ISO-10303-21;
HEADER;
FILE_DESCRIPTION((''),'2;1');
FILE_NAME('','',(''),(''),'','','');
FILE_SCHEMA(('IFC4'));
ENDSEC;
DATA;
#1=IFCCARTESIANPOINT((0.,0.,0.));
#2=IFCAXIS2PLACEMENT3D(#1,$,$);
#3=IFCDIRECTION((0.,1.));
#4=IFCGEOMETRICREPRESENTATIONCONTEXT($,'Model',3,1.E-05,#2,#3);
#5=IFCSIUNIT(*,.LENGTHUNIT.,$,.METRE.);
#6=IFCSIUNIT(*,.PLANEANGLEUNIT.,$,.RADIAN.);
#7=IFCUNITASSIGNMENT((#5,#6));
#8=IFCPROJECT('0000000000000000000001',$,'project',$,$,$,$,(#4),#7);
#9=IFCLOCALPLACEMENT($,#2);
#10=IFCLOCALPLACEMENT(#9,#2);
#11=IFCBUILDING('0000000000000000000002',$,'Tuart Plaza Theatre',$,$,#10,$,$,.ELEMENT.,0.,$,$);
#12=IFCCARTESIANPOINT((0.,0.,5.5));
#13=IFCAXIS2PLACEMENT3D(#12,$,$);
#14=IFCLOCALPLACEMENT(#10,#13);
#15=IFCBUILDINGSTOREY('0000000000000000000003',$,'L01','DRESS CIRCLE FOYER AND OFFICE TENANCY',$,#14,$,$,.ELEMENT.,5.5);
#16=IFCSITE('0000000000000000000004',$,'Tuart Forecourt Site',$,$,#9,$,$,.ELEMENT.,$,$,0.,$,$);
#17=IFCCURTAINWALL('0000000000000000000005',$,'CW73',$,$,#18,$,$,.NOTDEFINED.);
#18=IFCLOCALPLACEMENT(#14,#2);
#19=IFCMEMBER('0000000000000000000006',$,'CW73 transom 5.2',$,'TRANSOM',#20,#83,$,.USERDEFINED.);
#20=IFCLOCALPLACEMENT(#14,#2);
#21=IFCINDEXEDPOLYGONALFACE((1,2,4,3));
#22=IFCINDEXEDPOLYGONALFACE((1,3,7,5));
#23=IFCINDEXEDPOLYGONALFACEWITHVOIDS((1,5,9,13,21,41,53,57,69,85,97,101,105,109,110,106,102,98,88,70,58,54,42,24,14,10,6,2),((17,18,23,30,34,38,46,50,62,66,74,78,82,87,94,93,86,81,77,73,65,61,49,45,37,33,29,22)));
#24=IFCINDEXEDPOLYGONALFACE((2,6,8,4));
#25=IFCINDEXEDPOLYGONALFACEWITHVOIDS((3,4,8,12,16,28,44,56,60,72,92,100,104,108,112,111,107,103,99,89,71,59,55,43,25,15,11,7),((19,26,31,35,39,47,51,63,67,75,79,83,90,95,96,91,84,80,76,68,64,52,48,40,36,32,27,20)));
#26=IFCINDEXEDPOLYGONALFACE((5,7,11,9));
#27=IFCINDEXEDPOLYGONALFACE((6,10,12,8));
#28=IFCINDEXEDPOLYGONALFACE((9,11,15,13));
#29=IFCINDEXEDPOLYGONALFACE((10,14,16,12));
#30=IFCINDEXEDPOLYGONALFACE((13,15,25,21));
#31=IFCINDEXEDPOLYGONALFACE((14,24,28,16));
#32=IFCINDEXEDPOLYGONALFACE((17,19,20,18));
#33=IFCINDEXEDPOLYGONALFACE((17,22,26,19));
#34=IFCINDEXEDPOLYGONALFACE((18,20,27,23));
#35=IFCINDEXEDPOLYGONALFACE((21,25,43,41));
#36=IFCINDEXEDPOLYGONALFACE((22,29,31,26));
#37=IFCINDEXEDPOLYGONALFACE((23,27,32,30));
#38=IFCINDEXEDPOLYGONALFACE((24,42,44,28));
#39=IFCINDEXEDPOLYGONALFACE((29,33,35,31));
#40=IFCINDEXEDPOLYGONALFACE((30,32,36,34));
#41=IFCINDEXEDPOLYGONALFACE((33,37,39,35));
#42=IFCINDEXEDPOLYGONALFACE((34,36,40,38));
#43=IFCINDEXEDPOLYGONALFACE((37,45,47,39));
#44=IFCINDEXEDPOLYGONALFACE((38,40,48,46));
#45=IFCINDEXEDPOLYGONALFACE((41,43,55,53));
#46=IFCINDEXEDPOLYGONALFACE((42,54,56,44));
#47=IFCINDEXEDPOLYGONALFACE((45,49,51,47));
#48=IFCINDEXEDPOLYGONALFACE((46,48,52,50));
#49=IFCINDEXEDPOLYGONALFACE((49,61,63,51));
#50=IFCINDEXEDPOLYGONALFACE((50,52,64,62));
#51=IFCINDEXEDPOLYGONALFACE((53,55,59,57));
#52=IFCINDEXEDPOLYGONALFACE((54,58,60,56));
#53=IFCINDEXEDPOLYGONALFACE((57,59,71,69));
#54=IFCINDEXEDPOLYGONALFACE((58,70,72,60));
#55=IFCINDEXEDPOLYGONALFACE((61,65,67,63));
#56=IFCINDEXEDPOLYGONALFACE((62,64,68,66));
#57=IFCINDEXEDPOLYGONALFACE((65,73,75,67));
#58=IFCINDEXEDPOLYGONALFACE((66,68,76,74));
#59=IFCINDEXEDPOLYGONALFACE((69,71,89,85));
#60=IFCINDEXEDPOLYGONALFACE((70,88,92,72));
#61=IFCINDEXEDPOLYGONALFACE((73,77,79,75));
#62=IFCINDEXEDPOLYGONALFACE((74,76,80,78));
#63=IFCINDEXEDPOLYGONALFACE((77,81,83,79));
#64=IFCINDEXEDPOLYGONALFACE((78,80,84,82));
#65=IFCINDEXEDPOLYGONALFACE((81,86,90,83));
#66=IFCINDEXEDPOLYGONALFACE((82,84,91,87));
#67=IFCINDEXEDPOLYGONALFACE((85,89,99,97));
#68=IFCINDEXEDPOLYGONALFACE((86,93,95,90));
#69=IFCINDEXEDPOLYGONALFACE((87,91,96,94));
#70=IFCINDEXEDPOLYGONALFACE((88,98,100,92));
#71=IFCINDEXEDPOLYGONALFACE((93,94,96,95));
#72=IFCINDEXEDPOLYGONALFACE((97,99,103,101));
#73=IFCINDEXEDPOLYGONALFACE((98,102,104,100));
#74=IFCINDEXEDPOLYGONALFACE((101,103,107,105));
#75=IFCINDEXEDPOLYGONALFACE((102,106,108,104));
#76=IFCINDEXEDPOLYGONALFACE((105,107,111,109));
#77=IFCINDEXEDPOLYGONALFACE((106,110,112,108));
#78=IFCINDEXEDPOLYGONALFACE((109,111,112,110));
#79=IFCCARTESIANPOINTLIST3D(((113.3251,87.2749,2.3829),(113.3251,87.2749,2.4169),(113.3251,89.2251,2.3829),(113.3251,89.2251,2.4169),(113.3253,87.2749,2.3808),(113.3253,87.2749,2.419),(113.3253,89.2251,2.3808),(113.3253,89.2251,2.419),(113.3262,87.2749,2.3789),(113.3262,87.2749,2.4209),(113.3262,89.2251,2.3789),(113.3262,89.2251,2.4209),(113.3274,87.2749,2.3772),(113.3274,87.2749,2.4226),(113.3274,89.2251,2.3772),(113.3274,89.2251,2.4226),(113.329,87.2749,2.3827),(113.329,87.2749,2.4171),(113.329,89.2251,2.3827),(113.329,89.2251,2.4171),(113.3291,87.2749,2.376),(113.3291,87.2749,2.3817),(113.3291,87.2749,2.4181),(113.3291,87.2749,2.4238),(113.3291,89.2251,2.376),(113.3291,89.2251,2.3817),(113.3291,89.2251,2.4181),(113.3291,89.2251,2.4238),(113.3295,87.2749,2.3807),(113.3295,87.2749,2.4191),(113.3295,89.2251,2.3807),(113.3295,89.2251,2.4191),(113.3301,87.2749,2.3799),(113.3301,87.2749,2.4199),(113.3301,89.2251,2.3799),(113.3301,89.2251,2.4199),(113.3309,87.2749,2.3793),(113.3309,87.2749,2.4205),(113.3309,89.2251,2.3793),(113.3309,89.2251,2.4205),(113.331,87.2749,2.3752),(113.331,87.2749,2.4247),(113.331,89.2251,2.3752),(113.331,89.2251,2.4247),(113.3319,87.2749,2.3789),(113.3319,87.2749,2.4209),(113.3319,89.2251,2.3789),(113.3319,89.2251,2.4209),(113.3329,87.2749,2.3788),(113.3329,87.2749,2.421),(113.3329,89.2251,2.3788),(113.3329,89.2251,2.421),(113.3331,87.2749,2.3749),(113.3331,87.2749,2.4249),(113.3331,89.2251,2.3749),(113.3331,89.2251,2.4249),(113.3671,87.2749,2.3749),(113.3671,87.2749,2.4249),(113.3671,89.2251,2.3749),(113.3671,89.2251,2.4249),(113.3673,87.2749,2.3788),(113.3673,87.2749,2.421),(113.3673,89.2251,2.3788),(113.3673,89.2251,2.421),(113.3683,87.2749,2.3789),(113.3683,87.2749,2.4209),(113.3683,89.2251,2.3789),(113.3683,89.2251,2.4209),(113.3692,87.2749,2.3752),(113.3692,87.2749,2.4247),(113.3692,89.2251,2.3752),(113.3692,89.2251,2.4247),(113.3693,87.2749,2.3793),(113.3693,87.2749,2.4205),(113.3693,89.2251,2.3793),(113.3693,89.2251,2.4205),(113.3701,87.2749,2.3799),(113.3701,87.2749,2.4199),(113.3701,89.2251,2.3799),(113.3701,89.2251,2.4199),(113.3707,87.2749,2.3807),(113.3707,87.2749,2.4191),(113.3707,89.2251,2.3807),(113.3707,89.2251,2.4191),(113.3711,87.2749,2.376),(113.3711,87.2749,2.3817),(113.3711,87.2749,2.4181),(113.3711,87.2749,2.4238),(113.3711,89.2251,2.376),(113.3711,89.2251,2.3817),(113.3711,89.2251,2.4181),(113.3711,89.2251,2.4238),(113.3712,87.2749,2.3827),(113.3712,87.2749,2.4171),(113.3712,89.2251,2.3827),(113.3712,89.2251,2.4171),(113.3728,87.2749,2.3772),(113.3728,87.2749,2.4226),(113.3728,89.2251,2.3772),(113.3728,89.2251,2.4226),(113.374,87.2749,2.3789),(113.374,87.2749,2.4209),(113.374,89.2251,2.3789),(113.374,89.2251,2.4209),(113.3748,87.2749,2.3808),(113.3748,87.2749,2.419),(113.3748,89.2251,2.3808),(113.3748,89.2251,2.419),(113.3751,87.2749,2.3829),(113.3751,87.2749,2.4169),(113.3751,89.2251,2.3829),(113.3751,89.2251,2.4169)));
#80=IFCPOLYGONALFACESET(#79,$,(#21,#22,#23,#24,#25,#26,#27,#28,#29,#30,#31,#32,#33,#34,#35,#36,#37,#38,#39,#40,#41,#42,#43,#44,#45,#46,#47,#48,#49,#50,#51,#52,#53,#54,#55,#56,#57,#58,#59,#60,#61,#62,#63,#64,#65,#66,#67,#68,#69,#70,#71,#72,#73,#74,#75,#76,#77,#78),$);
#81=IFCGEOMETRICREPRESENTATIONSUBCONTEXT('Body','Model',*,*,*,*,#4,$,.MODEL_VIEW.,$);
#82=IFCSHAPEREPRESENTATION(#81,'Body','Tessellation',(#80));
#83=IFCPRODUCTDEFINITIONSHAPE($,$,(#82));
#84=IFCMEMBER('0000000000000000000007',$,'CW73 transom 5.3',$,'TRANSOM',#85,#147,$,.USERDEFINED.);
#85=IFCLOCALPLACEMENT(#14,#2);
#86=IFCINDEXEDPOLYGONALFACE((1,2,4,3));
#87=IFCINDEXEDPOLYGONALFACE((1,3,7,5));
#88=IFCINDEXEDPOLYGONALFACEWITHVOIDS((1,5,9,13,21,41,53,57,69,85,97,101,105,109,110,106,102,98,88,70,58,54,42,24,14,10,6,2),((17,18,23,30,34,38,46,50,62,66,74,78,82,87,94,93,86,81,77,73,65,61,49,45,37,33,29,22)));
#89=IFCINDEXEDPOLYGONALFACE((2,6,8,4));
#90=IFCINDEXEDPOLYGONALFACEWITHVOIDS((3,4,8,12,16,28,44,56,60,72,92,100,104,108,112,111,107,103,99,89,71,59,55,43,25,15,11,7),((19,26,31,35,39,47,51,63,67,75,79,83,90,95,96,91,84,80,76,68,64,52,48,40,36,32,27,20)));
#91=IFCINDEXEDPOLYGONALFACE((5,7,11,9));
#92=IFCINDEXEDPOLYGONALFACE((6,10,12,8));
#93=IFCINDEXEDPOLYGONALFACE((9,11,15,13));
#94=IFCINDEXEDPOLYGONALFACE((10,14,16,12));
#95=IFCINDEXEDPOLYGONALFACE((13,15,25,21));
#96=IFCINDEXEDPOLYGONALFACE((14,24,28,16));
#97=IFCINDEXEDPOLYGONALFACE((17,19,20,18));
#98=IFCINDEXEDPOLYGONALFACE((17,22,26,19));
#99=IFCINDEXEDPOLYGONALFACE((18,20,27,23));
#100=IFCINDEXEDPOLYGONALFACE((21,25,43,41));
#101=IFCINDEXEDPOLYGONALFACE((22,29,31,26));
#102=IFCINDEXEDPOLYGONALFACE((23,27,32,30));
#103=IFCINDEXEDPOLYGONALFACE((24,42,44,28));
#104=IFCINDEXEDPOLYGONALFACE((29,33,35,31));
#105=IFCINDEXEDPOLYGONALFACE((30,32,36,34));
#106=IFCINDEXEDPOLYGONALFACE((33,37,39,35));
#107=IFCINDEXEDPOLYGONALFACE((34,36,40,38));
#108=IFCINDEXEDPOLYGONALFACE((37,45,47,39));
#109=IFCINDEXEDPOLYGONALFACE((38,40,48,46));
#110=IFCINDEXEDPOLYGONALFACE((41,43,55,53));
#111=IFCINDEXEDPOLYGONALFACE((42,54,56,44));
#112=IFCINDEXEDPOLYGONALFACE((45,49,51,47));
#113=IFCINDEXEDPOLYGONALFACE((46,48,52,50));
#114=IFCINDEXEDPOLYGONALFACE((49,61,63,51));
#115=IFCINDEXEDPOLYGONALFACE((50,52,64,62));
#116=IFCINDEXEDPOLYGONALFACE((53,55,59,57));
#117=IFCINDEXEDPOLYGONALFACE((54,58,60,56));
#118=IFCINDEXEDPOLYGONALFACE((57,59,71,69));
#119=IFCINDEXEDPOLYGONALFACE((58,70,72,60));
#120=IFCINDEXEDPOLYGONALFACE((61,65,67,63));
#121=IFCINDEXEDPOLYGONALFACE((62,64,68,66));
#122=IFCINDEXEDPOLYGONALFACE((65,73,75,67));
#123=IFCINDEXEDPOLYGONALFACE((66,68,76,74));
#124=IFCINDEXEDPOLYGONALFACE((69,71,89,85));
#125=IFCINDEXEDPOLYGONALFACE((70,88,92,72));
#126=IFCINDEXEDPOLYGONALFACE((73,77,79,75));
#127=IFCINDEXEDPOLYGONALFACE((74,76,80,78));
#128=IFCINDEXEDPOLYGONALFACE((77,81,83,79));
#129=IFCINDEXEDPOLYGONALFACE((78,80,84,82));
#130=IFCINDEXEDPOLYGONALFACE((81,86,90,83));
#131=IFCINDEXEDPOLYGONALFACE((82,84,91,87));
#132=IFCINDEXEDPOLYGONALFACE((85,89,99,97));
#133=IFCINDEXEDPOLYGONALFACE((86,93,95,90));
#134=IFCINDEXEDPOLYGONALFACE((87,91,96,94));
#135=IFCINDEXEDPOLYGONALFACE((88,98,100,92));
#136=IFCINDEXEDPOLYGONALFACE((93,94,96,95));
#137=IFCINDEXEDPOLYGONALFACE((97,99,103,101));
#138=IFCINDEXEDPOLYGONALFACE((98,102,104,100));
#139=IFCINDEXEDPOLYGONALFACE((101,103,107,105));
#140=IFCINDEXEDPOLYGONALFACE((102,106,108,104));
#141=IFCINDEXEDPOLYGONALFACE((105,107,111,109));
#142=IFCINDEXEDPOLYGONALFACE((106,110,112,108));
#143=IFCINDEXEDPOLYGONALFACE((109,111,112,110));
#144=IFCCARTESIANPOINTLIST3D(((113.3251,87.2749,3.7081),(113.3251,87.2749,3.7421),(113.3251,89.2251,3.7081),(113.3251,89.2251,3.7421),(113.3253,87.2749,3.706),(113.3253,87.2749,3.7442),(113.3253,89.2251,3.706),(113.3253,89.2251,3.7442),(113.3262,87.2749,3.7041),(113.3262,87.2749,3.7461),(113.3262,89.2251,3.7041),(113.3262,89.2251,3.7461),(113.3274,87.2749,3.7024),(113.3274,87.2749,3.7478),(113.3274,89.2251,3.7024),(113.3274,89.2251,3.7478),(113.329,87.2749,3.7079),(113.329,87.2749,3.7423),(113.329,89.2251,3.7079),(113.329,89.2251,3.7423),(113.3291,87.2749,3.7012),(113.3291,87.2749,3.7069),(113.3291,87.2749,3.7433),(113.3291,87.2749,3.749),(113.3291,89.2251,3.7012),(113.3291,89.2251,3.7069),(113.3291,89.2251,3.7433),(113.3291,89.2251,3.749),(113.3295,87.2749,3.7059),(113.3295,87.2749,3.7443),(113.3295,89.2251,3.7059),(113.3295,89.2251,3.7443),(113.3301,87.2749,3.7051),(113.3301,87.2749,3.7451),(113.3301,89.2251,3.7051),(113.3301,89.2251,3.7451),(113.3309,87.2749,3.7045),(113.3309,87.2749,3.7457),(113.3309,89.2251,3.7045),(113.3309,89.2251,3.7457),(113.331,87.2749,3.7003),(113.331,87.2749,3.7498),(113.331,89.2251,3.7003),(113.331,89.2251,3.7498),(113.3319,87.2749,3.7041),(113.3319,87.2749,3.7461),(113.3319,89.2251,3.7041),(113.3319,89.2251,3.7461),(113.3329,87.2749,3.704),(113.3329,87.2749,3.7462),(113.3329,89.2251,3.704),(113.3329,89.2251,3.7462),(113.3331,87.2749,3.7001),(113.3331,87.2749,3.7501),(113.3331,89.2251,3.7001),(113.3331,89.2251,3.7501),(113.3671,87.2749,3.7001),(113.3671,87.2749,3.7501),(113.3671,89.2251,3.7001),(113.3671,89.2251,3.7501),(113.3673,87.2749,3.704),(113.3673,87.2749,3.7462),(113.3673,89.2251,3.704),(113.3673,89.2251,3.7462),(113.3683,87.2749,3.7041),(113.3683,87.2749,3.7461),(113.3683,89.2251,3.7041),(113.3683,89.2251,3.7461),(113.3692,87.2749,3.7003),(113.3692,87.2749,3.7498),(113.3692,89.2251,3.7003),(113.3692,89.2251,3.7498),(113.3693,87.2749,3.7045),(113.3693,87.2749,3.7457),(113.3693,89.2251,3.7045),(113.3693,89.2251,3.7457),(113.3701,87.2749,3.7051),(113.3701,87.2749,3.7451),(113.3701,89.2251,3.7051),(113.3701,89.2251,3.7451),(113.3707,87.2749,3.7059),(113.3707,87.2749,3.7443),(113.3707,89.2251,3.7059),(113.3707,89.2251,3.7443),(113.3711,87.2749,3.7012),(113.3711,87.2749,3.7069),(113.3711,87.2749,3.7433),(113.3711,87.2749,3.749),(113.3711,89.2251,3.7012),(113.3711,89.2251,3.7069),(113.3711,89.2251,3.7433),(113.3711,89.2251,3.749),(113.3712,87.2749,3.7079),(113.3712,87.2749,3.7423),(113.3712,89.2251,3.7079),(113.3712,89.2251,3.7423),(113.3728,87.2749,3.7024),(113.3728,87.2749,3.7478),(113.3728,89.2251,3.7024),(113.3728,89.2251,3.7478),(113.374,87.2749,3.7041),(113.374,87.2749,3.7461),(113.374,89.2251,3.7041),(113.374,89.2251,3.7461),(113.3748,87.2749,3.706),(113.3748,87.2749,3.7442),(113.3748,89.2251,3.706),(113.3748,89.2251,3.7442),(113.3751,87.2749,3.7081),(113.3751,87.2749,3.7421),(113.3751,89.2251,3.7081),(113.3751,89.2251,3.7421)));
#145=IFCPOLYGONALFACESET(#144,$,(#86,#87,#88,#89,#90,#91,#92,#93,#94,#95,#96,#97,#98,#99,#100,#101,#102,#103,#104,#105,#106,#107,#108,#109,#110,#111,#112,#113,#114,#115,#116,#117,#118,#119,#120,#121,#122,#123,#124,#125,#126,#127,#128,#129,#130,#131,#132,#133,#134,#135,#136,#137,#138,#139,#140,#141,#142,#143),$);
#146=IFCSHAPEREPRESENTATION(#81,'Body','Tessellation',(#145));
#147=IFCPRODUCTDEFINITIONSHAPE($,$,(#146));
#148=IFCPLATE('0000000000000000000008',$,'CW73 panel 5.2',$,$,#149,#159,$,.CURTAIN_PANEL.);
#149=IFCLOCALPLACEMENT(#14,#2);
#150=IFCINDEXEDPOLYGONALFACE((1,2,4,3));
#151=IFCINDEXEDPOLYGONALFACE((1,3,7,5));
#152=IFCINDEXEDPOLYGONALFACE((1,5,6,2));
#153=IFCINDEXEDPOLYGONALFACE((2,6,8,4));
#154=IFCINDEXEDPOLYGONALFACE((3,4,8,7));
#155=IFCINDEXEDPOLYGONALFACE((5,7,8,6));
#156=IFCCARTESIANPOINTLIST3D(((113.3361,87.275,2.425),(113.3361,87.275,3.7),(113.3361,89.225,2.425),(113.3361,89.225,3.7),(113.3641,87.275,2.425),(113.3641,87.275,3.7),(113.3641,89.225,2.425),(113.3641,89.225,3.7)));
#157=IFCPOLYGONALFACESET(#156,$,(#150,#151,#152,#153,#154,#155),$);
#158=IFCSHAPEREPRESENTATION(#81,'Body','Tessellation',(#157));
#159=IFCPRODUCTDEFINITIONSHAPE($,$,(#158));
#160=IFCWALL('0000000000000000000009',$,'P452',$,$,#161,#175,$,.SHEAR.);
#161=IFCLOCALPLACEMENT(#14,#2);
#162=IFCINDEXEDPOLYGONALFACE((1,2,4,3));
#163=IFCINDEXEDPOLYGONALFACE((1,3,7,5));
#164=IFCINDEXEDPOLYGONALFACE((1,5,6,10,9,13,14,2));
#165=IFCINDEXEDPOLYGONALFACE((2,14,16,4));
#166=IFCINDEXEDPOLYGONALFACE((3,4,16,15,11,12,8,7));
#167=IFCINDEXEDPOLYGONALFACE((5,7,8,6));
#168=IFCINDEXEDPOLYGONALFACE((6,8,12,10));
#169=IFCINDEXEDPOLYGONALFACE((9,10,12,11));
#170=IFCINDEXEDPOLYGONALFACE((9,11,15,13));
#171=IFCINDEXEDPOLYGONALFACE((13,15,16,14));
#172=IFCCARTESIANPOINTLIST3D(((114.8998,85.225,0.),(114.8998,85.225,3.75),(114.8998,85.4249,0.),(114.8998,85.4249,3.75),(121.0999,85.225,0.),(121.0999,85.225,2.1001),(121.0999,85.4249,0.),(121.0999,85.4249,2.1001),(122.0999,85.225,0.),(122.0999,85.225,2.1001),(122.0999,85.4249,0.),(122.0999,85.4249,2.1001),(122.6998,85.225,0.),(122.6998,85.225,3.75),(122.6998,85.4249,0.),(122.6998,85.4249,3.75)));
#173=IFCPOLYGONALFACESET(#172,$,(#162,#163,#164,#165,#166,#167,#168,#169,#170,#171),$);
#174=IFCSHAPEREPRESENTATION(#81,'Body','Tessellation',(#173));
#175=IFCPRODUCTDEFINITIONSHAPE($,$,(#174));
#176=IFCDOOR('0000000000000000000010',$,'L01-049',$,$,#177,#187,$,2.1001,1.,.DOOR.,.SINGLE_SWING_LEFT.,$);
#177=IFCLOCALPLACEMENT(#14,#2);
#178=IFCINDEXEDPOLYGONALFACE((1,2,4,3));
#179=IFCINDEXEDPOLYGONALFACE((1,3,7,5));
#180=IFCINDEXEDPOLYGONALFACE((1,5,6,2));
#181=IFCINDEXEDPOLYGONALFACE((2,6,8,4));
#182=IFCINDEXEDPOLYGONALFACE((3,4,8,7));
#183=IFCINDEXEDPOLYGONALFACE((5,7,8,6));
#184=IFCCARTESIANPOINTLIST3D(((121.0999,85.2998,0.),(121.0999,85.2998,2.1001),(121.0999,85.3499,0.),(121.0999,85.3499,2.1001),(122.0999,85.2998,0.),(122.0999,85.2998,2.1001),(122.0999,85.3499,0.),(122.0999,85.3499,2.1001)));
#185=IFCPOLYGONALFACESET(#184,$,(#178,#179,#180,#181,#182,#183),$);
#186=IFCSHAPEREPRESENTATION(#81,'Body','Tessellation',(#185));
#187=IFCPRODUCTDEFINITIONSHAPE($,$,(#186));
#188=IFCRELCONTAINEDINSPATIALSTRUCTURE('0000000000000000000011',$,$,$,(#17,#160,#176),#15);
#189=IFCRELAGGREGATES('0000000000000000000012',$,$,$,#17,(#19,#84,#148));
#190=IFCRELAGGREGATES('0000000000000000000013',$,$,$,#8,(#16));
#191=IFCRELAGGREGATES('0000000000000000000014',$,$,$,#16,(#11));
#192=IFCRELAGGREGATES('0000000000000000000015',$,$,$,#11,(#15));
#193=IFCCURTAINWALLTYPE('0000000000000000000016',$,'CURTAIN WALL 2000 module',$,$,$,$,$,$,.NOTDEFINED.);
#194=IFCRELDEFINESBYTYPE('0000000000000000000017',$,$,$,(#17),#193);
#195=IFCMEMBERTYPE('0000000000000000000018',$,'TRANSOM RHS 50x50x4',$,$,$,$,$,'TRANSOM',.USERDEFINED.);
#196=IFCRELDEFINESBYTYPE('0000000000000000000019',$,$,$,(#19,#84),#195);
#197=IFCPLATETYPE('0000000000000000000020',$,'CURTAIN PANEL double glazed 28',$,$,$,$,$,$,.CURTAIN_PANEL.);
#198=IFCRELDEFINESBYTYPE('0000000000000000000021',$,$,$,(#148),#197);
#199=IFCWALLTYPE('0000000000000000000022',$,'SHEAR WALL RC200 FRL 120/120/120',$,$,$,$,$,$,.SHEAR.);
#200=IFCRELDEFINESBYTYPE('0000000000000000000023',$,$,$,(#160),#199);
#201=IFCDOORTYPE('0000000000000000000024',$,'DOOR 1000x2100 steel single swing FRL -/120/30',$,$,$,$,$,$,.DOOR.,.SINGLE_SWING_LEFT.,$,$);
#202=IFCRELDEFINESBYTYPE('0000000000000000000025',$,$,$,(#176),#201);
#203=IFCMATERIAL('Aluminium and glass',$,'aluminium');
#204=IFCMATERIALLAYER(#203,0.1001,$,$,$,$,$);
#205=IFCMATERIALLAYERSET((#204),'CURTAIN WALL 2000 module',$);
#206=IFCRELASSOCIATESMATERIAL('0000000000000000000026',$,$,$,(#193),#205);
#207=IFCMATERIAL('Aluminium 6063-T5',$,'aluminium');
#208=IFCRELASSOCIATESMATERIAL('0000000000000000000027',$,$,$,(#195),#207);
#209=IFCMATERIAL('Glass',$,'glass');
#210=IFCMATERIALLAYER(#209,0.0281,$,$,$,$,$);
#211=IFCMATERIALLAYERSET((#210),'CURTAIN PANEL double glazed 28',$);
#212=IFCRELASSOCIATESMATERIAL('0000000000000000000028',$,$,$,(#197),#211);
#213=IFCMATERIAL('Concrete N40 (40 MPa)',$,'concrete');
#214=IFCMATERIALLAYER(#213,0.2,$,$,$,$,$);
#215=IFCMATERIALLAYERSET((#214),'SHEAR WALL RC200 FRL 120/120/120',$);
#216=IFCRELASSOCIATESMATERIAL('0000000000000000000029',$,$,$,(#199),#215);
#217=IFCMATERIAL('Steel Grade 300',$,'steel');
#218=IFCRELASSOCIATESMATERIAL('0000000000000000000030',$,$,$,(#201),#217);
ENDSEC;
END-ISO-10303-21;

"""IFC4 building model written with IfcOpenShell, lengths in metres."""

from ifc_helpers import new_model, si_unit, direction, frame, frame_2d, origin, origin_2d, place, context, subcontext, project, spatial, rectangle, hollow_rectangle, extrude, material, layer, layer_set, material_profile, profile_set, type_object, element, fill, aggregate, save


model = new_model("IFC4")

# Units and contexts
model_context = context("Model", 3, precision=1e-05, world=origin(), true_north=direction((0.0, 1.0)))
body_context = subcontext(model_context, "Body", "Model", "MODEL_VIEW")
ifc_project = project(units=[si_unit("LENGTHUNIT", "METRE"), si_unit("PLANEANGLEUNIT", "RADIAN")], contexts=[model_context])

# Site, building, storey
site_placement = place(None, origin())
site = spatial("IfcSite", under=ifc_project, at=site_placement, Name="Tuart Forecourt Site", CompositionType="ELEMENT", RefElevation=0.0)
building_placement = place(site_placement, origin())
building = spatial("IfcBuilding", under=site, at=building_placement, Name="Tuart Plaza Theatre", CompositionType="ELEMENT", ElevationOfRefHeight=0.0)
storey_placement = place(building_placement, frame((0.0, 0.0, 5.5)))
storey = spatial("IfcBuildingStorey", under=building, at=storey_placement, Name="L01", Description="DRESS CIRCLE FOYER AND OFFICE TENANCY", CompositionType="ELEMENT", Elevation=5.5)

# Curtain wall, members, plate
ifc_material_1 = material(Name="Aluminium and glass", Category="aluminium")
ifc_layer_1 = layer(ifc_material_1, 0.1001)
ifc_layer_set_1 = layer_set([ifc_layer_1], Name="CURTAIN WALL 2000 module")
curtain_wall_type = type_object("IfcCurtainWallType", Name="CURTAIN WALL 2000 module", PredefinedType="NOTDEFINED", material=ifc_layer_set_1)
curtain_wall_placement = place(storey_placement, origin())
curtain_wall = element("IfcCurtainWall", 1, at=curtain_wall_placement, inside=storey, type_object=curtain_wall_type, Name="CW73", PredefinedType="NOTDEFINED")
ifc_material_2 = material(Name="Aluminium 6063-T5", Category="aluminium")
ifc_material_profile_1 = material_profile(ifc_material_2, hollow_rectangle(XDim=0.05, YDim=0.05, WallThickness=0.0039, InnerFilletRadius=0.0039, OuterFilletRadius=0.0081, at=origin_2d()), Name="RHS 50x50x4")
ifc_profile_set_1 = profile_set([ifc_material_profile_1], Name="Aluminium 6063-T5")
member_type = type_object("IfcMemberType", Name="TRANSOM RHS 50x50x4", ElementType="TRANSOM", PredefinedType="USERDEFINED", material=ifc_profile_set_1)
member_1_placement = place(storey_placement, frame((113.3501, 89.2251, 2.3999), z_axis=(0.0, -1.0, 0.0), x_axis=(1.0, 0.0, 0.0)))
member_1 = element("IfcMember", 2, at=member_1_placement, type_object=member_type, Name="CW73 transom 5.2", ObjectType="TRANSOM", PredefinedType="USERDEFINED", context=body_context, shape_type="SweptSolid", body=[
    extrude(hollow_rectangle(XDim=0.05, YDim=0.05, WallThickness=0.0039, InnerFilletRadius=0.0039, OuterFilletRadius=0.0081, at=origin_2d()), origin(), (0.0, 0.0, 1.0), 1.9502),
])
member_2_placement = place(storey_placement, frame((113.3501, 89.2251, 3.7251), z_axis=(0.0, -1.0, 0.0), x_axis=(1.0, 0.0, 0.0)))
member_2 = element("IfcMember", 3, at=member_2_placement, type_object=member_type, Name="CW73 transom 5.3", ObjectType="TRANSOM", PredefinedType="USERDEFINED", context=body_context, shape_type="SweptSolid", body=[
    extrude(hollow_rectangle(XDim=0.05, YDim=0.05, WallThickness=0.0039, InnerFilletRadius=0.0039, OuterFilletRadius=0.0081, at=origin_2d()), origin(), (0.0, 0.0, 1.0), 1.9502),
])
ifc_material_3 = material(Name="Glass", Category="glass")
ifc_layer_2 = layer(ifc_material_3, 0.0281)
ifc_layer_set_2 = layer_set([ifc_layer_2], Name="CURTAIN PANEL double glazed 28")
plate_type = type_object("IfcPlateType", Name="CURTAIN PANEL double glazed 28", PredefinedType="CURTAIN_PANEL", material=ifc_layer_set_2)
plate_placement = place(storey_placement, frame((113.3501, 88.25, 2.425), z_axis=(0.0, 0.0, 1.0), x_axis=(0.0, -1.0, 0.0)))
plate = element("IfcPlate", 4, at=plate_placement, type_object=plate_type, Name="CW73 panel 5.2", PredefinedType="CURTAIN_PANEL", context=body_context, shape_type="SweptSolid", body=[
    extrude(rectangle(XDim=1.95, YDim=0.0281, at=origin_2d()), origin(), (0.0, 0.0, 1.0), 1.2749),
])
aggregate(curtain_wall, [member_1, member_2, plate])

# Wall, opening, door
ifc_material_4 = material(Name="Concrete N40 (40 MPa)", Category="concrete")
ifc_layer_3 = layer(ifc_material_4, 0.2)
ifc_layer_set_3 = layer_set([ifc_layer_3], Name="SHEAR WALL RC200 FRL 120/120/120")
wall_type = type_object("IfcWallType", Name="SHEAR WALL RC200 FRL 120/120/120", PredefinedType="SHEAR", material=ifc_layer_set_3)
wall_1_placement = place(storey_placement, frame((114.8999, 85.325, 0.0), z_axis=(0.0, 0.0, 1.0), x_axis=(1.0, 0.0, 0.0)))
wall_1 = element("IfcWall", 5, at=wall_1_placement, inside=storey, type_object=wall_type, Name="P452", PredefinedType="SHEAR", context=body_context, shape_type="SweptSolid", body=[
    extrude(rectangle(XDim=7.8, YDim=0.2, at=frame_2d((3.8999, 0.0))), origin(), (0.0, 0.0, 1.0), 3.75),
])
opening_placement = place(wall_1_placement, frame((6.2, 0.0, 0.0)))
opening = element("IfcOpeningElement", 6, at=opening_placement, cuts=wall_1, PredefinedType="OPENING", context=body_context, shape_type="SweptSolid", body=[
    extrude(rectangle(XDim=1.0, YDim=2.1001, at=frame_2d((0.5, 1.05))), frame((0.0, 0.1099, 0.0), z_axis=(0.0, -1.0, 0.0), x_axis=(1.0, 0.0, 0.0)), (0.0, 0.0, 1.0), 0.22),
])
ifc_material_5 = material(Name="Steel Grade 300", Category="steel")
door_type = type_object("IfcDoorType", Name="DOOR 1000x2100 steel single swing FRL -/120/30", OperationType="SINGLE_SWING_LEFT", PredefinedType="DOOR", material=ifc_material_5)
door_placement = place(opening_placement, origin())
door = element("IfcDoor", 7, at=door_placement, inside=storey, type_object=door_type, Name="L01-049", OperationType="SINGLE_SWING_LEFT", OverallHeight=2.1001, OverallWidth=1.0, PredefinedType="DOOR", context=body_context, shape_type="SweptSolid", body=[
    extrude(rectangle(XDim=1.0, YDim=2.1001, at=frame_2d((0.5, 1.05))), frame((0.0, 0.0249, 0.0), z_axis=(0.0, -1.0, 0.0), x_axis=(1.0, 0.0, 0.0)), (0.0, 0.0, 1.0), 0.05),
])
fill(opening, door)

save(model, "model.ifc")
